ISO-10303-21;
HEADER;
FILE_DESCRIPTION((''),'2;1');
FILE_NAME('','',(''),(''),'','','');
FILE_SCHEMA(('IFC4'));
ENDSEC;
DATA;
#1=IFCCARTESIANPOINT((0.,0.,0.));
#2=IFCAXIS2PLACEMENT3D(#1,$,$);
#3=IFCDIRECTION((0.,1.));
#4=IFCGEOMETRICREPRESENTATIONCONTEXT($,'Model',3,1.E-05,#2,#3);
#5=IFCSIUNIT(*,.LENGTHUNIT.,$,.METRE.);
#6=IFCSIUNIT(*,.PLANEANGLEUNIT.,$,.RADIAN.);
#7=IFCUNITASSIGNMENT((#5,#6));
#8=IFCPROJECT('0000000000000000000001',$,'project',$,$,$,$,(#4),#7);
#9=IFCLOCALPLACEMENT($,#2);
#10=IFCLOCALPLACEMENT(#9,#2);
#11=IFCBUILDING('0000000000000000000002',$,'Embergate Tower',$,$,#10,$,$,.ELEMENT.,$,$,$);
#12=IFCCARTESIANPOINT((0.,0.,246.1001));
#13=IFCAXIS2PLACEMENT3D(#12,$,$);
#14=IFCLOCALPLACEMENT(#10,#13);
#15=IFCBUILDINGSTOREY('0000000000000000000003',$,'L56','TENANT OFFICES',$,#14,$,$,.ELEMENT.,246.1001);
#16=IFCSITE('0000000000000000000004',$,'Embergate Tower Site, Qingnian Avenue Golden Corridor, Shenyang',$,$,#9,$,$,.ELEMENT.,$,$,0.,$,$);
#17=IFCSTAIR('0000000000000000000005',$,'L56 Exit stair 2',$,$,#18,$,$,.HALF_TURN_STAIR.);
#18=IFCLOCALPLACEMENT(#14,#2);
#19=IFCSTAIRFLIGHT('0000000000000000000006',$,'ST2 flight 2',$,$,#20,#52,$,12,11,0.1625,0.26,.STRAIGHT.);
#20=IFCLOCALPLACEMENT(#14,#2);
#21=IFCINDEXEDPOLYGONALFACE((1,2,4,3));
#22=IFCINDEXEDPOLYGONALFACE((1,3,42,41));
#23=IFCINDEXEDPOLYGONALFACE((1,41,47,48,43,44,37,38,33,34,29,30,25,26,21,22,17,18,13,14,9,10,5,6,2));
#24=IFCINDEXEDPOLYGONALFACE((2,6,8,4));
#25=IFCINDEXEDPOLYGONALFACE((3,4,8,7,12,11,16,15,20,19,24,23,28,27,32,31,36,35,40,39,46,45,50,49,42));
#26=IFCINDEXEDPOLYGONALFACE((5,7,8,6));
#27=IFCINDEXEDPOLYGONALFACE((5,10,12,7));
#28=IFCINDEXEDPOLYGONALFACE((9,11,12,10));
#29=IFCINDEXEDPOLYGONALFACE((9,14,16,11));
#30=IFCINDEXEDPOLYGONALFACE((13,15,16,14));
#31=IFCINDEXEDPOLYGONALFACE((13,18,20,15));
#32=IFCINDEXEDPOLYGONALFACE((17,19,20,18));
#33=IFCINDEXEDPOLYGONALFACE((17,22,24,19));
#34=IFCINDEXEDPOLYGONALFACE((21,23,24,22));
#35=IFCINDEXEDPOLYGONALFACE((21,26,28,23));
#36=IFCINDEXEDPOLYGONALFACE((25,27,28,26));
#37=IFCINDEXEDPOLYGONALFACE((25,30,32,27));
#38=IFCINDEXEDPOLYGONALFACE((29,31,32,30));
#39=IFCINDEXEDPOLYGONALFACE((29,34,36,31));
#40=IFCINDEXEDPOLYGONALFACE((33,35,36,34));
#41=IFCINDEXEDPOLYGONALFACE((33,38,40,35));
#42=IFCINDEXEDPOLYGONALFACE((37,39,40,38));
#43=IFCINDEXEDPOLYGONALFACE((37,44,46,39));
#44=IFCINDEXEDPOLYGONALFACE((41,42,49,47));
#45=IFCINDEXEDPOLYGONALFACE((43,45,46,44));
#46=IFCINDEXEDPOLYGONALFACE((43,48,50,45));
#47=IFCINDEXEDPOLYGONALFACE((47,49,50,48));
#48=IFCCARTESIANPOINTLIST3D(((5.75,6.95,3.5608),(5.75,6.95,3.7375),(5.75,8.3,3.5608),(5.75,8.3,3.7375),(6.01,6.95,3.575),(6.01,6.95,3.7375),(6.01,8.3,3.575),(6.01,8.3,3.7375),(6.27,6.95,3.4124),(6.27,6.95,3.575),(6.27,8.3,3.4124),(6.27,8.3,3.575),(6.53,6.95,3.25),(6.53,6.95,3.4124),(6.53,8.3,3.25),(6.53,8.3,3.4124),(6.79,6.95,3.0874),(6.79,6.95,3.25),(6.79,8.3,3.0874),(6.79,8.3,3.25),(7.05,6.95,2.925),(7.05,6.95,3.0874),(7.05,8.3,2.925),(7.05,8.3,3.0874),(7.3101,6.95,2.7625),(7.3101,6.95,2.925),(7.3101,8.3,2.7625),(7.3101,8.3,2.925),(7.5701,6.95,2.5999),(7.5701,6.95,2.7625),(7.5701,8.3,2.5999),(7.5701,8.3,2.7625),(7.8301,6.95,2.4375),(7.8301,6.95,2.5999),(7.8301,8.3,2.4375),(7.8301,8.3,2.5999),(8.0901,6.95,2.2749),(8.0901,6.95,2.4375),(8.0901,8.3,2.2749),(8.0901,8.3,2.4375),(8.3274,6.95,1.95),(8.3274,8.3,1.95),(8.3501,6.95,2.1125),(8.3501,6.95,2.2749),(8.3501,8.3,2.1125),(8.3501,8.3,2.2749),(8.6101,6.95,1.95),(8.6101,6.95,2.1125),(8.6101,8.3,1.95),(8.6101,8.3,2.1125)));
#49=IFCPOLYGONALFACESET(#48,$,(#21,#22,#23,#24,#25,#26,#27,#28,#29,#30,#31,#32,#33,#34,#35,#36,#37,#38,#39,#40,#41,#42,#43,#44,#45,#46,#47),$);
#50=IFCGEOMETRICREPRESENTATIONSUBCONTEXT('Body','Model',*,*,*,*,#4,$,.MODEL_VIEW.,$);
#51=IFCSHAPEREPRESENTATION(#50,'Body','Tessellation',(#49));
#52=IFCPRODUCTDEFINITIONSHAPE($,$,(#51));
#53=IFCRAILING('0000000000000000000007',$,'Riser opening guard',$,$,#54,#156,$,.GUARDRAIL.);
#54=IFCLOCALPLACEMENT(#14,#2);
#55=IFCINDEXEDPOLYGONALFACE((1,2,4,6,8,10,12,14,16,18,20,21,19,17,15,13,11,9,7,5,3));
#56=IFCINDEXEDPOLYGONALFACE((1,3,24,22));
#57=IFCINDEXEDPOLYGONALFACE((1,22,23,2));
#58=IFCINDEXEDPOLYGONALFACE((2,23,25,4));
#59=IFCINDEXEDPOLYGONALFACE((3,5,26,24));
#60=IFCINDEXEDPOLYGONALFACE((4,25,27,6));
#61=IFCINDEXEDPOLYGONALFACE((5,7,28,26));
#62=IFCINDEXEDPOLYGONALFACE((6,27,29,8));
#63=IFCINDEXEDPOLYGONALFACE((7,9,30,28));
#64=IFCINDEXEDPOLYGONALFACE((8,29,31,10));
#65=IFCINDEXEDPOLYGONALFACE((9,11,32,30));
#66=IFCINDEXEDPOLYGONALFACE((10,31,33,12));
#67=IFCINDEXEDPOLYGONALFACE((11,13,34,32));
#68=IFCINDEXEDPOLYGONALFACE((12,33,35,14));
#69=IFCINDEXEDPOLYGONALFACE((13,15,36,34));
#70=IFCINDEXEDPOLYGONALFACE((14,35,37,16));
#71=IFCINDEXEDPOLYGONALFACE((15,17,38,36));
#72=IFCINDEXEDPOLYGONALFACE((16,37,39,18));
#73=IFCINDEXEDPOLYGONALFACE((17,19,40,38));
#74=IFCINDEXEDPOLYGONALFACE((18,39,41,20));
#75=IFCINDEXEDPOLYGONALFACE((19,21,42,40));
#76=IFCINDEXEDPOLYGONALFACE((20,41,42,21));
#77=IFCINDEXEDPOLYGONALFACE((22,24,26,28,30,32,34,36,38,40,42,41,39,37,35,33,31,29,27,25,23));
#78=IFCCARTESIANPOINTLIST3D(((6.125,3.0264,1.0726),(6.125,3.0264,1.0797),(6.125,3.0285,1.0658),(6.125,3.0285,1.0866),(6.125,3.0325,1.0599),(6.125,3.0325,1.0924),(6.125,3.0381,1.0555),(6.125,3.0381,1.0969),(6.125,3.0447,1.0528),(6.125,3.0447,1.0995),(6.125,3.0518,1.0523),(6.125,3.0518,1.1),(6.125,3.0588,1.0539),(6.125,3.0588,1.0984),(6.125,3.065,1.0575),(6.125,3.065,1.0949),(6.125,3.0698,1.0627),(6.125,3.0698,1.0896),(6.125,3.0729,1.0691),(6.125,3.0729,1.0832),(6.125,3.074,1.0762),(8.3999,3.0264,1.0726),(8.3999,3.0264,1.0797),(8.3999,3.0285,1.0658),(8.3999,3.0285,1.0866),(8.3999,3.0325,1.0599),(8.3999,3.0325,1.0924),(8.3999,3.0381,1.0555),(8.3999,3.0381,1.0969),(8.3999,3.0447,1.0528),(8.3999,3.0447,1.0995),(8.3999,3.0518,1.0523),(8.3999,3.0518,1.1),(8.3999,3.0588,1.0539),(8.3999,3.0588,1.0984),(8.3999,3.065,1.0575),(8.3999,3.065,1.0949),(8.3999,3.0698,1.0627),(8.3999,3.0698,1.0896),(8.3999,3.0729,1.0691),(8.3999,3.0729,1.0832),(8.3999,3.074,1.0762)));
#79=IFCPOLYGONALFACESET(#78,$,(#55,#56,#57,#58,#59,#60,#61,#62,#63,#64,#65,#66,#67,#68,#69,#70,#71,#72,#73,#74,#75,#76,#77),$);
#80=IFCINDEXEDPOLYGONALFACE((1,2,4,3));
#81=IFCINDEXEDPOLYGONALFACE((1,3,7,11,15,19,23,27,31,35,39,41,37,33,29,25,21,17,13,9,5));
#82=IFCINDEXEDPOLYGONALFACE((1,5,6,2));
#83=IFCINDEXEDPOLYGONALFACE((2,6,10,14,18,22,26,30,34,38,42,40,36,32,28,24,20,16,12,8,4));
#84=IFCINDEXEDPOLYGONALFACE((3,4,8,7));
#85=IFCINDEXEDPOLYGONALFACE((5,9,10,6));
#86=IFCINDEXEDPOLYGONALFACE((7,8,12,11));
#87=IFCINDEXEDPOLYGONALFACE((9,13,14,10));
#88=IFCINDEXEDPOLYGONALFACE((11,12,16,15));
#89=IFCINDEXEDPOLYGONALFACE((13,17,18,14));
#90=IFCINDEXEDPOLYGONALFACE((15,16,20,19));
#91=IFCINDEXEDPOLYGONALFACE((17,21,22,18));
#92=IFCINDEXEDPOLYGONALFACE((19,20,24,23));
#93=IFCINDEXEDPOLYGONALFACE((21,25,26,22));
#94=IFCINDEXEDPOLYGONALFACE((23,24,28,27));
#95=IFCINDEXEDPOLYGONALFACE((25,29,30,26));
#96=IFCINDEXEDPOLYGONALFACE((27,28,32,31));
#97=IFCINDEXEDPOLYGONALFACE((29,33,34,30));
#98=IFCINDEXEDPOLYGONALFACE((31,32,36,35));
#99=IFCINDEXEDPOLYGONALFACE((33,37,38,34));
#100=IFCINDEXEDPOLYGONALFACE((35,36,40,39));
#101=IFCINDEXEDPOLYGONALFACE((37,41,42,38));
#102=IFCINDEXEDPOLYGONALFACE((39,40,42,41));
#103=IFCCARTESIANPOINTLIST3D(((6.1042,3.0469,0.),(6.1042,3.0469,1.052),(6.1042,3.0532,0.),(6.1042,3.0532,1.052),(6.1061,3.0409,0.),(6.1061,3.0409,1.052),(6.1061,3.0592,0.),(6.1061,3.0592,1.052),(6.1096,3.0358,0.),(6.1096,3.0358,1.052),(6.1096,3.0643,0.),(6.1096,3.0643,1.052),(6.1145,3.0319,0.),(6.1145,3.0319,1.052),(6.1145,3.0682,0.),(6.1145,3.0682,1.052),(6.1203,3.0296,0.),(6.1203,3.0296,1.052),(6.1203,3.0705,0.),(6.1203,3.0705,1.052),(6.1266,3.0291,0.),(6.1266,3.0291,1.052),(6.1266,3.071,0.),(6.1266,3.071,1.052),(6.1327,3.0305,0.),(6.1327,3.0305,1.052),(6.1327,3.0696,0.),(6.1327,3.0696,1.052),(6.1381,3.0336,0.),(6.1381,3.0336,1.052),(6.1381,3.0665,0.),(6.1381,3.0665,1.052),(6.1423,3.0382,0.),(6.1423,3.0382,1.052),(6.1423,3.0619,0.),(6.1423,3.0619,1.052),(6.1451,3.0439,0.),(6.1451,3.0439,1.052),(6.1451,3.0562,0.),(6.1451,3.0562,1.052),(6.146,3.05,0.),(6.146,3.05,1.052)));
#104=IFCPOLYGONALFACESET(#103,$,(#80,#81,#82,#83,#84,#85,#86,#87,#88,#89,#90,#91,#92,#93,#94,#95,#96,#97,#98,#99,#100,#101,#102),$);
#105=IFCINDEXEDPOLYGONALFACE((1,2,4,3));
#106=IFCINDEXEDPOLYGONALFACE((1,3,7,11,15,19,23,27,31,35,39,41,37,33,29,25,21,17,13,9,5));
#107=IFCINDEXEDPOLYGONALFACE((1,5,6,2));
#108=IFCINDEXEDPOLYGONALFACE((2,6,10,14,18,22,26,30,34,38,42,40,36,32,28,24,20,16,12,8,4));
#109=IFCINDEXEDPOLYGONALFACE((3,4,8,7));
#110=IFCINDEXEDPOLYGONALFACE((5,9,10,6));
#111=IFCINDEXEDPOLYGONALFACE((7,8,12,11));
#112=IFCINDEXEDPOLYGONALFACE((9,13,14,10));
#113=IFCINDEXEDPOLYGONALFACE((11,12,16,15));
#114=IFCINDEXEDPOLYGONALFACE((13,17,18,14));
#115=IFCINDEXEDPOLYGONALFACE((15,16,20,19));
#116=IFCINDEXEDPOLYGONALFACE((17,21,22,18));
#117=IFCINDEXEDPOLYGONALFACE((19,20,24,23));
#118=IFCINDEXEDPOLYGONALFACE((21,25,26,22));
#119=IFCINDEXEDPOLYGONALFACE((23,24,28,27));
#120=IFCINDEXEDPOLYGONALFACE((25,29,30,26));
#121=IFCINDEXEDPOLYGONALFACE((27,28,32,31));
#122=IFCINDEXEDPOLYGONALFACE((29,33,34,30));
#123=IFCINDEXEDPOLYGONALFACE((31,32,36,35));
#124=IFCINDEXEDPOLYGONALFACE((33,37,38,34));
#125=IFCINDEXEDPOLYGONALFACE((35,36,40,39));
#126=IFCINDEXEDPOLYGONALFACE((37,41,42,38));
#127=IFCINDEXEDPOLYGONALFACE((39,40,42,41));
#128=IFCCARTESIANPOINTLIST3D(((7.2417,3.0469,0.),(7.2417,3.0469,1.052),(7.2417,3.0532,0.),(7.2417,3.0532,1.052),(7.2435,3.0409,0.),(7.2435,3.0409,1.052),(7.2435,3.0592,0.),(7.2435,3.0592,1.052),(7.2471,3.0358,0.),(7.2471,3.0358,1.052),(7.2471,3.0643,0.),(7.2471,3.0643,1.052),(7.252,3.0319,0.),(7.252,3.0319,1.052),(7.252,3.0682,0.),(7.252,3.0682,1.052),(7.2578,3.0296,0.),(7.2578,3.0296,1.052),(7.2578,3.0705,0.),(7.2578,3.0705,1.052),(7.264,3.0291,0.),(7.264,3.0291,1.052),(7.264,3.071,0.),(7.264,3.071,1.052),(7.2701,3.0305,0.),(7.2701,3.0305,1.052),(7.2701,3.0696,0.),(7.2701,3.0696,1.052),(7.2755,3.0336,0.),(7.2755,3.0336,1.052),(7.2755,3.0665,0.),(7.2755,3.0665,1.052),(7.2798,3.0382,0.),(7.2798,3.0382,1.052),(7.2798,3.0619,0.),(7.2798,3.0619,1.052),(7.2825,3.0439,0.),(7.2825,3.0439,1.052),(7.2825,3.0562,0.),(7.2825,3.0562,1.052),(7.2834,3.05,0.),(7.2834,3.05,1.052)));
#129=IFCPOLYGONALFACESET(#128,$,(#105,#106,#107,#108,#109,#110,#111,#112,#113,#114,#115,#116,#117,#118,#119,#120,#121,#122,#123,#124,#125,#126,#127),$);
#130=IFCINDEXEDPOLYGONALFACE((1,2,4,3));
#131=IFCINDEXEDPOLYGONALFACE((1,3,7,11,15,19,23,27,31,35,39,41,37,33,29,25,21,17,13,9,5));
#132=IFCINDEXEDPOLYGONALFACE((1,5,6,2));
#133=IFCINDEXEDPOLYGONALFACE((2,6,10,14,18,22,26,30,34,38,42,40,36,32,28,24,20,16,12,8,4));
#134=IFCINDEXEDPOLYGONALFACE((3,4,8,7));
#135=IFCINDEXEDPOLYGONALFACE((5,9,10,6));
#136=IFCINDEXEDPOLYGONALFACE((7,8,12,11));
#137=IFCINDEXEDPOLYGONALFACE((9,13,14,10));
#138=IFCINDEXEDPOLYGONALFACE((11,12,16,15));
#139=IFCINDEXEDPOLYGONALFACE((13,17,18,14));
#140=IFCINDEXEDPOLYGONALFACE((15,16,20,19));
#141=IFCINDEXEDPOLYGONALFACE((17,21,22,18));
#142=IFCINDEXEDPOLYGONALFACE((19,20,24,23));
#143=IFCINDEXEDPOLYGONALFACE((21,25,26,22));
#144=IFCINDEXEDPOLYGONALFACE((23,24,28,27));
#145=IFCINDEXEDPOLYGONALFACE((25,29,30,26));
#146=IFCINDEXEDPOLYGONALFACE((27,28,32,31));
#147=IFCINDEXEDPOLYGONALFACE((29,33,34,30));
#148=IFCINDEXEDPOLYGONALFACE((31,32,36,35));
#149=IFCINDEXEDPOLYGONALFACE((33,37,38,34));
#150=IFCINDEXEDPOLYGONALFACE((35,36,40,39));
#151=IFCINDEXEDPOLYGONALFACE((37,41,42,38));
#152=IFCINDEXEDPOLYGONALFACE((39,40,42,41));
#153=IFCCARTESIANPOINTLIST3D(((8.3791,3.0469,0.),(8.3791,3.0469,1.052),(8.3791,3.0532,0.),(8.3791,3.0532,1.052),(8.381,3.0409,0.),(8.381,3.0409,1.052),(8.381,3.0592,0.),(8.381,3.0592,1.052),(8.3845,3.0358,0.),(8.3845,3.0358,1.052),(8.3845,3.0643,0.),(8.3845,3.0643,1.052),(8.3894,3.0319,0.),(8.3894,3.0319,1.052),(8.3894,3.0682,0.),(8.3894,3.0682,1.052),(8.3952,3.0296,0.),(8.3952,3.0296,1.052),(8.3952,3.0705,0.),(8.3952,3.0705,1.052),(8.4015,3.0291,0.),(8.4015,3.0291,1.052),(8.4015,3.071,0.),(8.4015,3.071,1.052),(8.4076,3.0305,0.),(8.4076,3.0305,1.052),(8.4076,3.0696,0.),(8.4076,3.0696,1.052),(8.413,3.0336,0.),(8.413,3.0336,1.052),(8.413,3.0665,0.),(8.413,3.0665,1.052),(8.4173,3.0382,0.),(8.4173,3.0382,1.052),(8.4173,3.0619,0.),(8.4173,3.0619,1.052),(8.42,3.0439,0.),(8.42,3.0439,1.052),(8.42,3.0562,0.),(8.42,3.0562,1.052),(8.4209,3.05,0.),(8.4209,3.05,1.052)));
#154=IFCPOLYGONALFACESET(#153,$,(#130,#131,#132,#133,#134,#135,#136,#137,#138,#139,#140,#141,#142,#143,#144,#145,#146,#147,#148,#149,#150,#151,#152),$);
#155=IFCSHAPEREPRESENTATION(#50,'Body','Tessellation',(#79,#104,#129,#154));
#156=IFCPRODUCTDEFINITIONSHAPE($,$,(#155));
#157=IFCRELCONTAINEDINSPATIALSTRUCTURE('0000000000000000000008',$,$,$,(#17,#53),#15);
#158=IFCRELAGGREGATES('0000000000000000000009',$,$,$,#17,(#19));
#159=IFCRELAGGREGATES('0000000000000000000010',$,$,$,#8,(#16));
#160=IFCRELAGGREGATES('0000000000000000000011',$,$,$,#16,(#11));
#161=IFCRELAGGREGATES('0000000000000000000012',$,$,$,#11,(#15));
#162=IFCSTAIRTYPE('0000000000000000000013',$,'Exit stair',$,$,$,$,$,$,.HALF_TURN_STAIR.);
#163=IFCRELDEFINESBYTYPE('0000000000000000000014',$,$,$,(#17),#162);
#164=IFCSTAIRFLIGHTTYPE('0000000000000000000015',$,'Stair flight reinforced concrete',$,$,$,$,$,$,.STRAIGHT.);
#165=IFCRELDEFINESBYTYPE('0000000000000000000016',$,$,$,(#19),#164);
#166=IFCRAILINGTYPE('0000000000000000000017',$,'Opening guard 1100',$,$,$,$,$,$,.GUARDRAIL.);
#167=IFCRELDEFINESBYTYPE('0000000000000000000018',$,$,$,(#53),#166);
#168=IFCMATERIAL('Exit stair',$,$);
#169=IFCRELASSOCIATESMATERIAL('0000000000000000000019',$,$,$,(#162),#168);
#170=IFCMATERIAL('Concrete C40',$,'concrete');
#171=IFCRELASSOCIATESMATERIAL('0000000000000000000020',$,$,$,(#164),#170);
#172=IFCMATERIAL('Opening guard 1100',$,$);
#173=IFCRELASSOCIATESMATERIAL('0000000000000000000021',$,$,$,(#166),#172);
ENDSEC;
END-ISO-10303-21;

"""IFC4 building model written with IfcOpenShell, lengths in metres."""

from ifc_helpers import new_model, si_unit, direction, frame, origin, origin_2d, place, context, subcontext, project, spatial, polyline, circle, outline, extrude, source, transform, mapped, material, type_object, element, aggregate, save


model = new_model("IFC4")

# Units and contexts
model_context = context("Model", 3, precision=1e-05, world=origin(), true_north=direction((0.0, 1.0)))
body_context = subcontext(model_context, "Body", "Model", "MODEL_VIEW")
ifc_project = project(units=[si_unit("LENGTHUNIT", "METRE"), si_unit("PLANEANGLEUNIT", "RADIAN")], contexts=[model_context])

# Site, building, storey
site_placement = place(None, origin())
site = spatial("IfcSite", under=ifc_project, at=site_placement, Name="Embergate Tower Site, Qingnian Avenue Golden Corridor, Shenyang", CompositionType="ELEMENT", RefElevation=0.0)
building_placement = place(site_placement, origin())
building = spatial("IfcBuilding", under=site, at=building_placement, Name="Embergate Tower", CompositionType="ELEMENT")
storey_placement = place(building_placement, frame((0.0, 0.0, 246.1001)))
storey = spatial("IfcBuildingStorey", under=building, at=storey_placement, Name="L56", Description="TENANT OFFICES", CompositionType="ELEMENT", Elevation=246.1001)

# Stair
ifc_material_1 = material(Name="Exit stair")
stair_type = type_object("IfcStairType", Name="Exit stair", PredefinedType="HALF_TURN_STAIR", material=ifc_material_1)
stair_placement = place(storey_placement, origin())
stair = element("IfcStair", 1, at=stair_placement, inside=storey, type_object=stair_type, Name="L56 Exit stair 2", PredefinedType="HALF_TURN_STAIR")
ifc_material_2 = material(Name="Concrete C40", Category="concrete")

# Stair flight
stair_flight_type = type_object("IfcStairFlightType", Name="Stair flight reinforced concrete", PredefinedType="STRAIGHT", material=ifc_material_2)
shared_shape_1 = source(origin(), body_context, "Body", "SweptSolid", [
    extrude(outline(polyline([(0.0, 0.0), (0.0, 0.1626), (0.26, 0.1626), (0.26, 0.325), (0.52, 0.325), (0.52, 0.4875), (0.78, 0.4875), (0.78, 0.6499), (1.04, 0.6499), (1.04, 0.8125), (1.3, 0.8125), (1.3, 0.9751), (1.5601, 0.9751), (1.5601, 1.1375), (1.8201, 1.1375), (1.8201, 1.3), (2.0801, 1.3), (2.0801, 1.4624), (2.3401, 1.4624), (2.3401, 1.625), (2.6001, 1.625), (2.6001, 1.7876), (2.8601, 1.7876), (2.8601, 1.95), (2.8601, 1.6108), (0.2827, 0.0), (0.0, 0.0)])), frame((0.0, 0.675, 0.0), z_axis=(0.0, -1.0, 0.0), x_axis=(1.0, 0.0, 0.0)), (0.0, 0.0, 1.0), 1.3501),
])
stair_flight_1_placement = place(storey_placement, frame((8.6101, 7.625, 1.95), z_axis=(0.0, 0.0, 1.0), x_axis=(-1.0, 0.0, 0.0)))
stair_flight_1 = element("IfcStairFlight", 2, at=stair_flight_1_placement, type_object=stair_flight_type, Name="ST2 flight 2", NumberOfRisers=12, NumberOfTreads=11, PredefinedType="STRAIGHT", RiserHeight=0.1625, TreadLength=0.26, context=body_context, shape_type="MappedRepresentation", body=[
    mapped(shared_shape_1, transform((0.0, 0.0, 0.0))),
])
aggregate(stair, [stair_flight_1])

# Railing
ifc_material_3 = material(Name="Opening guard 1100")
railing_type_1 = type_object("IfcRailingType", Name="Opening guard 1100", PredefinedType="GUARDRAIL", material=ifc_material_3)
shared_shape_2 = source(origin(), body_context, "Body", "SweptSolid", [
    extrude(circle(Radius=0.0239, at=origin_2d()), frame((0.0, 0.0, 1.0762), z_axis=(1.0, 0.0, 0.0), x_axis=(0.0, 1.0, 0.0)), (0.0, 0.0, 1.0), 2.2749),
    extrude(circle(Radius=0.021, at=origin_2d()), origin(), (0.0, 0.0, 1.0), 1.052),
    extrude(circle(Radius=0.021, at=origin_2d()), frame((1.1375, 0.0, 0.0)), (0.0, 0.0, 1.0), 1.052),
    extrude(circle(Radius=0.021, at=origin_2d()), frame((2.2749, 0.0, 0.0)), (0.0, 0.0, 1.0), 1.052),
])
railing_1_placement = place(storey_placement, frame((6.125, 3.05, 0.0)))
element("IfcRailing", 3, at=railing_1_placement, inside=storey, type_object=railing_type_1, Name="Riser opening guard", PredefinedType="GUARDRAIL", context=body_context, shape_type="MappedRepresentation", body=[
    mapped(shared_shape_2, transform((0.0, 0.0, 0.0))),
])

save(model, "model.ifc")
